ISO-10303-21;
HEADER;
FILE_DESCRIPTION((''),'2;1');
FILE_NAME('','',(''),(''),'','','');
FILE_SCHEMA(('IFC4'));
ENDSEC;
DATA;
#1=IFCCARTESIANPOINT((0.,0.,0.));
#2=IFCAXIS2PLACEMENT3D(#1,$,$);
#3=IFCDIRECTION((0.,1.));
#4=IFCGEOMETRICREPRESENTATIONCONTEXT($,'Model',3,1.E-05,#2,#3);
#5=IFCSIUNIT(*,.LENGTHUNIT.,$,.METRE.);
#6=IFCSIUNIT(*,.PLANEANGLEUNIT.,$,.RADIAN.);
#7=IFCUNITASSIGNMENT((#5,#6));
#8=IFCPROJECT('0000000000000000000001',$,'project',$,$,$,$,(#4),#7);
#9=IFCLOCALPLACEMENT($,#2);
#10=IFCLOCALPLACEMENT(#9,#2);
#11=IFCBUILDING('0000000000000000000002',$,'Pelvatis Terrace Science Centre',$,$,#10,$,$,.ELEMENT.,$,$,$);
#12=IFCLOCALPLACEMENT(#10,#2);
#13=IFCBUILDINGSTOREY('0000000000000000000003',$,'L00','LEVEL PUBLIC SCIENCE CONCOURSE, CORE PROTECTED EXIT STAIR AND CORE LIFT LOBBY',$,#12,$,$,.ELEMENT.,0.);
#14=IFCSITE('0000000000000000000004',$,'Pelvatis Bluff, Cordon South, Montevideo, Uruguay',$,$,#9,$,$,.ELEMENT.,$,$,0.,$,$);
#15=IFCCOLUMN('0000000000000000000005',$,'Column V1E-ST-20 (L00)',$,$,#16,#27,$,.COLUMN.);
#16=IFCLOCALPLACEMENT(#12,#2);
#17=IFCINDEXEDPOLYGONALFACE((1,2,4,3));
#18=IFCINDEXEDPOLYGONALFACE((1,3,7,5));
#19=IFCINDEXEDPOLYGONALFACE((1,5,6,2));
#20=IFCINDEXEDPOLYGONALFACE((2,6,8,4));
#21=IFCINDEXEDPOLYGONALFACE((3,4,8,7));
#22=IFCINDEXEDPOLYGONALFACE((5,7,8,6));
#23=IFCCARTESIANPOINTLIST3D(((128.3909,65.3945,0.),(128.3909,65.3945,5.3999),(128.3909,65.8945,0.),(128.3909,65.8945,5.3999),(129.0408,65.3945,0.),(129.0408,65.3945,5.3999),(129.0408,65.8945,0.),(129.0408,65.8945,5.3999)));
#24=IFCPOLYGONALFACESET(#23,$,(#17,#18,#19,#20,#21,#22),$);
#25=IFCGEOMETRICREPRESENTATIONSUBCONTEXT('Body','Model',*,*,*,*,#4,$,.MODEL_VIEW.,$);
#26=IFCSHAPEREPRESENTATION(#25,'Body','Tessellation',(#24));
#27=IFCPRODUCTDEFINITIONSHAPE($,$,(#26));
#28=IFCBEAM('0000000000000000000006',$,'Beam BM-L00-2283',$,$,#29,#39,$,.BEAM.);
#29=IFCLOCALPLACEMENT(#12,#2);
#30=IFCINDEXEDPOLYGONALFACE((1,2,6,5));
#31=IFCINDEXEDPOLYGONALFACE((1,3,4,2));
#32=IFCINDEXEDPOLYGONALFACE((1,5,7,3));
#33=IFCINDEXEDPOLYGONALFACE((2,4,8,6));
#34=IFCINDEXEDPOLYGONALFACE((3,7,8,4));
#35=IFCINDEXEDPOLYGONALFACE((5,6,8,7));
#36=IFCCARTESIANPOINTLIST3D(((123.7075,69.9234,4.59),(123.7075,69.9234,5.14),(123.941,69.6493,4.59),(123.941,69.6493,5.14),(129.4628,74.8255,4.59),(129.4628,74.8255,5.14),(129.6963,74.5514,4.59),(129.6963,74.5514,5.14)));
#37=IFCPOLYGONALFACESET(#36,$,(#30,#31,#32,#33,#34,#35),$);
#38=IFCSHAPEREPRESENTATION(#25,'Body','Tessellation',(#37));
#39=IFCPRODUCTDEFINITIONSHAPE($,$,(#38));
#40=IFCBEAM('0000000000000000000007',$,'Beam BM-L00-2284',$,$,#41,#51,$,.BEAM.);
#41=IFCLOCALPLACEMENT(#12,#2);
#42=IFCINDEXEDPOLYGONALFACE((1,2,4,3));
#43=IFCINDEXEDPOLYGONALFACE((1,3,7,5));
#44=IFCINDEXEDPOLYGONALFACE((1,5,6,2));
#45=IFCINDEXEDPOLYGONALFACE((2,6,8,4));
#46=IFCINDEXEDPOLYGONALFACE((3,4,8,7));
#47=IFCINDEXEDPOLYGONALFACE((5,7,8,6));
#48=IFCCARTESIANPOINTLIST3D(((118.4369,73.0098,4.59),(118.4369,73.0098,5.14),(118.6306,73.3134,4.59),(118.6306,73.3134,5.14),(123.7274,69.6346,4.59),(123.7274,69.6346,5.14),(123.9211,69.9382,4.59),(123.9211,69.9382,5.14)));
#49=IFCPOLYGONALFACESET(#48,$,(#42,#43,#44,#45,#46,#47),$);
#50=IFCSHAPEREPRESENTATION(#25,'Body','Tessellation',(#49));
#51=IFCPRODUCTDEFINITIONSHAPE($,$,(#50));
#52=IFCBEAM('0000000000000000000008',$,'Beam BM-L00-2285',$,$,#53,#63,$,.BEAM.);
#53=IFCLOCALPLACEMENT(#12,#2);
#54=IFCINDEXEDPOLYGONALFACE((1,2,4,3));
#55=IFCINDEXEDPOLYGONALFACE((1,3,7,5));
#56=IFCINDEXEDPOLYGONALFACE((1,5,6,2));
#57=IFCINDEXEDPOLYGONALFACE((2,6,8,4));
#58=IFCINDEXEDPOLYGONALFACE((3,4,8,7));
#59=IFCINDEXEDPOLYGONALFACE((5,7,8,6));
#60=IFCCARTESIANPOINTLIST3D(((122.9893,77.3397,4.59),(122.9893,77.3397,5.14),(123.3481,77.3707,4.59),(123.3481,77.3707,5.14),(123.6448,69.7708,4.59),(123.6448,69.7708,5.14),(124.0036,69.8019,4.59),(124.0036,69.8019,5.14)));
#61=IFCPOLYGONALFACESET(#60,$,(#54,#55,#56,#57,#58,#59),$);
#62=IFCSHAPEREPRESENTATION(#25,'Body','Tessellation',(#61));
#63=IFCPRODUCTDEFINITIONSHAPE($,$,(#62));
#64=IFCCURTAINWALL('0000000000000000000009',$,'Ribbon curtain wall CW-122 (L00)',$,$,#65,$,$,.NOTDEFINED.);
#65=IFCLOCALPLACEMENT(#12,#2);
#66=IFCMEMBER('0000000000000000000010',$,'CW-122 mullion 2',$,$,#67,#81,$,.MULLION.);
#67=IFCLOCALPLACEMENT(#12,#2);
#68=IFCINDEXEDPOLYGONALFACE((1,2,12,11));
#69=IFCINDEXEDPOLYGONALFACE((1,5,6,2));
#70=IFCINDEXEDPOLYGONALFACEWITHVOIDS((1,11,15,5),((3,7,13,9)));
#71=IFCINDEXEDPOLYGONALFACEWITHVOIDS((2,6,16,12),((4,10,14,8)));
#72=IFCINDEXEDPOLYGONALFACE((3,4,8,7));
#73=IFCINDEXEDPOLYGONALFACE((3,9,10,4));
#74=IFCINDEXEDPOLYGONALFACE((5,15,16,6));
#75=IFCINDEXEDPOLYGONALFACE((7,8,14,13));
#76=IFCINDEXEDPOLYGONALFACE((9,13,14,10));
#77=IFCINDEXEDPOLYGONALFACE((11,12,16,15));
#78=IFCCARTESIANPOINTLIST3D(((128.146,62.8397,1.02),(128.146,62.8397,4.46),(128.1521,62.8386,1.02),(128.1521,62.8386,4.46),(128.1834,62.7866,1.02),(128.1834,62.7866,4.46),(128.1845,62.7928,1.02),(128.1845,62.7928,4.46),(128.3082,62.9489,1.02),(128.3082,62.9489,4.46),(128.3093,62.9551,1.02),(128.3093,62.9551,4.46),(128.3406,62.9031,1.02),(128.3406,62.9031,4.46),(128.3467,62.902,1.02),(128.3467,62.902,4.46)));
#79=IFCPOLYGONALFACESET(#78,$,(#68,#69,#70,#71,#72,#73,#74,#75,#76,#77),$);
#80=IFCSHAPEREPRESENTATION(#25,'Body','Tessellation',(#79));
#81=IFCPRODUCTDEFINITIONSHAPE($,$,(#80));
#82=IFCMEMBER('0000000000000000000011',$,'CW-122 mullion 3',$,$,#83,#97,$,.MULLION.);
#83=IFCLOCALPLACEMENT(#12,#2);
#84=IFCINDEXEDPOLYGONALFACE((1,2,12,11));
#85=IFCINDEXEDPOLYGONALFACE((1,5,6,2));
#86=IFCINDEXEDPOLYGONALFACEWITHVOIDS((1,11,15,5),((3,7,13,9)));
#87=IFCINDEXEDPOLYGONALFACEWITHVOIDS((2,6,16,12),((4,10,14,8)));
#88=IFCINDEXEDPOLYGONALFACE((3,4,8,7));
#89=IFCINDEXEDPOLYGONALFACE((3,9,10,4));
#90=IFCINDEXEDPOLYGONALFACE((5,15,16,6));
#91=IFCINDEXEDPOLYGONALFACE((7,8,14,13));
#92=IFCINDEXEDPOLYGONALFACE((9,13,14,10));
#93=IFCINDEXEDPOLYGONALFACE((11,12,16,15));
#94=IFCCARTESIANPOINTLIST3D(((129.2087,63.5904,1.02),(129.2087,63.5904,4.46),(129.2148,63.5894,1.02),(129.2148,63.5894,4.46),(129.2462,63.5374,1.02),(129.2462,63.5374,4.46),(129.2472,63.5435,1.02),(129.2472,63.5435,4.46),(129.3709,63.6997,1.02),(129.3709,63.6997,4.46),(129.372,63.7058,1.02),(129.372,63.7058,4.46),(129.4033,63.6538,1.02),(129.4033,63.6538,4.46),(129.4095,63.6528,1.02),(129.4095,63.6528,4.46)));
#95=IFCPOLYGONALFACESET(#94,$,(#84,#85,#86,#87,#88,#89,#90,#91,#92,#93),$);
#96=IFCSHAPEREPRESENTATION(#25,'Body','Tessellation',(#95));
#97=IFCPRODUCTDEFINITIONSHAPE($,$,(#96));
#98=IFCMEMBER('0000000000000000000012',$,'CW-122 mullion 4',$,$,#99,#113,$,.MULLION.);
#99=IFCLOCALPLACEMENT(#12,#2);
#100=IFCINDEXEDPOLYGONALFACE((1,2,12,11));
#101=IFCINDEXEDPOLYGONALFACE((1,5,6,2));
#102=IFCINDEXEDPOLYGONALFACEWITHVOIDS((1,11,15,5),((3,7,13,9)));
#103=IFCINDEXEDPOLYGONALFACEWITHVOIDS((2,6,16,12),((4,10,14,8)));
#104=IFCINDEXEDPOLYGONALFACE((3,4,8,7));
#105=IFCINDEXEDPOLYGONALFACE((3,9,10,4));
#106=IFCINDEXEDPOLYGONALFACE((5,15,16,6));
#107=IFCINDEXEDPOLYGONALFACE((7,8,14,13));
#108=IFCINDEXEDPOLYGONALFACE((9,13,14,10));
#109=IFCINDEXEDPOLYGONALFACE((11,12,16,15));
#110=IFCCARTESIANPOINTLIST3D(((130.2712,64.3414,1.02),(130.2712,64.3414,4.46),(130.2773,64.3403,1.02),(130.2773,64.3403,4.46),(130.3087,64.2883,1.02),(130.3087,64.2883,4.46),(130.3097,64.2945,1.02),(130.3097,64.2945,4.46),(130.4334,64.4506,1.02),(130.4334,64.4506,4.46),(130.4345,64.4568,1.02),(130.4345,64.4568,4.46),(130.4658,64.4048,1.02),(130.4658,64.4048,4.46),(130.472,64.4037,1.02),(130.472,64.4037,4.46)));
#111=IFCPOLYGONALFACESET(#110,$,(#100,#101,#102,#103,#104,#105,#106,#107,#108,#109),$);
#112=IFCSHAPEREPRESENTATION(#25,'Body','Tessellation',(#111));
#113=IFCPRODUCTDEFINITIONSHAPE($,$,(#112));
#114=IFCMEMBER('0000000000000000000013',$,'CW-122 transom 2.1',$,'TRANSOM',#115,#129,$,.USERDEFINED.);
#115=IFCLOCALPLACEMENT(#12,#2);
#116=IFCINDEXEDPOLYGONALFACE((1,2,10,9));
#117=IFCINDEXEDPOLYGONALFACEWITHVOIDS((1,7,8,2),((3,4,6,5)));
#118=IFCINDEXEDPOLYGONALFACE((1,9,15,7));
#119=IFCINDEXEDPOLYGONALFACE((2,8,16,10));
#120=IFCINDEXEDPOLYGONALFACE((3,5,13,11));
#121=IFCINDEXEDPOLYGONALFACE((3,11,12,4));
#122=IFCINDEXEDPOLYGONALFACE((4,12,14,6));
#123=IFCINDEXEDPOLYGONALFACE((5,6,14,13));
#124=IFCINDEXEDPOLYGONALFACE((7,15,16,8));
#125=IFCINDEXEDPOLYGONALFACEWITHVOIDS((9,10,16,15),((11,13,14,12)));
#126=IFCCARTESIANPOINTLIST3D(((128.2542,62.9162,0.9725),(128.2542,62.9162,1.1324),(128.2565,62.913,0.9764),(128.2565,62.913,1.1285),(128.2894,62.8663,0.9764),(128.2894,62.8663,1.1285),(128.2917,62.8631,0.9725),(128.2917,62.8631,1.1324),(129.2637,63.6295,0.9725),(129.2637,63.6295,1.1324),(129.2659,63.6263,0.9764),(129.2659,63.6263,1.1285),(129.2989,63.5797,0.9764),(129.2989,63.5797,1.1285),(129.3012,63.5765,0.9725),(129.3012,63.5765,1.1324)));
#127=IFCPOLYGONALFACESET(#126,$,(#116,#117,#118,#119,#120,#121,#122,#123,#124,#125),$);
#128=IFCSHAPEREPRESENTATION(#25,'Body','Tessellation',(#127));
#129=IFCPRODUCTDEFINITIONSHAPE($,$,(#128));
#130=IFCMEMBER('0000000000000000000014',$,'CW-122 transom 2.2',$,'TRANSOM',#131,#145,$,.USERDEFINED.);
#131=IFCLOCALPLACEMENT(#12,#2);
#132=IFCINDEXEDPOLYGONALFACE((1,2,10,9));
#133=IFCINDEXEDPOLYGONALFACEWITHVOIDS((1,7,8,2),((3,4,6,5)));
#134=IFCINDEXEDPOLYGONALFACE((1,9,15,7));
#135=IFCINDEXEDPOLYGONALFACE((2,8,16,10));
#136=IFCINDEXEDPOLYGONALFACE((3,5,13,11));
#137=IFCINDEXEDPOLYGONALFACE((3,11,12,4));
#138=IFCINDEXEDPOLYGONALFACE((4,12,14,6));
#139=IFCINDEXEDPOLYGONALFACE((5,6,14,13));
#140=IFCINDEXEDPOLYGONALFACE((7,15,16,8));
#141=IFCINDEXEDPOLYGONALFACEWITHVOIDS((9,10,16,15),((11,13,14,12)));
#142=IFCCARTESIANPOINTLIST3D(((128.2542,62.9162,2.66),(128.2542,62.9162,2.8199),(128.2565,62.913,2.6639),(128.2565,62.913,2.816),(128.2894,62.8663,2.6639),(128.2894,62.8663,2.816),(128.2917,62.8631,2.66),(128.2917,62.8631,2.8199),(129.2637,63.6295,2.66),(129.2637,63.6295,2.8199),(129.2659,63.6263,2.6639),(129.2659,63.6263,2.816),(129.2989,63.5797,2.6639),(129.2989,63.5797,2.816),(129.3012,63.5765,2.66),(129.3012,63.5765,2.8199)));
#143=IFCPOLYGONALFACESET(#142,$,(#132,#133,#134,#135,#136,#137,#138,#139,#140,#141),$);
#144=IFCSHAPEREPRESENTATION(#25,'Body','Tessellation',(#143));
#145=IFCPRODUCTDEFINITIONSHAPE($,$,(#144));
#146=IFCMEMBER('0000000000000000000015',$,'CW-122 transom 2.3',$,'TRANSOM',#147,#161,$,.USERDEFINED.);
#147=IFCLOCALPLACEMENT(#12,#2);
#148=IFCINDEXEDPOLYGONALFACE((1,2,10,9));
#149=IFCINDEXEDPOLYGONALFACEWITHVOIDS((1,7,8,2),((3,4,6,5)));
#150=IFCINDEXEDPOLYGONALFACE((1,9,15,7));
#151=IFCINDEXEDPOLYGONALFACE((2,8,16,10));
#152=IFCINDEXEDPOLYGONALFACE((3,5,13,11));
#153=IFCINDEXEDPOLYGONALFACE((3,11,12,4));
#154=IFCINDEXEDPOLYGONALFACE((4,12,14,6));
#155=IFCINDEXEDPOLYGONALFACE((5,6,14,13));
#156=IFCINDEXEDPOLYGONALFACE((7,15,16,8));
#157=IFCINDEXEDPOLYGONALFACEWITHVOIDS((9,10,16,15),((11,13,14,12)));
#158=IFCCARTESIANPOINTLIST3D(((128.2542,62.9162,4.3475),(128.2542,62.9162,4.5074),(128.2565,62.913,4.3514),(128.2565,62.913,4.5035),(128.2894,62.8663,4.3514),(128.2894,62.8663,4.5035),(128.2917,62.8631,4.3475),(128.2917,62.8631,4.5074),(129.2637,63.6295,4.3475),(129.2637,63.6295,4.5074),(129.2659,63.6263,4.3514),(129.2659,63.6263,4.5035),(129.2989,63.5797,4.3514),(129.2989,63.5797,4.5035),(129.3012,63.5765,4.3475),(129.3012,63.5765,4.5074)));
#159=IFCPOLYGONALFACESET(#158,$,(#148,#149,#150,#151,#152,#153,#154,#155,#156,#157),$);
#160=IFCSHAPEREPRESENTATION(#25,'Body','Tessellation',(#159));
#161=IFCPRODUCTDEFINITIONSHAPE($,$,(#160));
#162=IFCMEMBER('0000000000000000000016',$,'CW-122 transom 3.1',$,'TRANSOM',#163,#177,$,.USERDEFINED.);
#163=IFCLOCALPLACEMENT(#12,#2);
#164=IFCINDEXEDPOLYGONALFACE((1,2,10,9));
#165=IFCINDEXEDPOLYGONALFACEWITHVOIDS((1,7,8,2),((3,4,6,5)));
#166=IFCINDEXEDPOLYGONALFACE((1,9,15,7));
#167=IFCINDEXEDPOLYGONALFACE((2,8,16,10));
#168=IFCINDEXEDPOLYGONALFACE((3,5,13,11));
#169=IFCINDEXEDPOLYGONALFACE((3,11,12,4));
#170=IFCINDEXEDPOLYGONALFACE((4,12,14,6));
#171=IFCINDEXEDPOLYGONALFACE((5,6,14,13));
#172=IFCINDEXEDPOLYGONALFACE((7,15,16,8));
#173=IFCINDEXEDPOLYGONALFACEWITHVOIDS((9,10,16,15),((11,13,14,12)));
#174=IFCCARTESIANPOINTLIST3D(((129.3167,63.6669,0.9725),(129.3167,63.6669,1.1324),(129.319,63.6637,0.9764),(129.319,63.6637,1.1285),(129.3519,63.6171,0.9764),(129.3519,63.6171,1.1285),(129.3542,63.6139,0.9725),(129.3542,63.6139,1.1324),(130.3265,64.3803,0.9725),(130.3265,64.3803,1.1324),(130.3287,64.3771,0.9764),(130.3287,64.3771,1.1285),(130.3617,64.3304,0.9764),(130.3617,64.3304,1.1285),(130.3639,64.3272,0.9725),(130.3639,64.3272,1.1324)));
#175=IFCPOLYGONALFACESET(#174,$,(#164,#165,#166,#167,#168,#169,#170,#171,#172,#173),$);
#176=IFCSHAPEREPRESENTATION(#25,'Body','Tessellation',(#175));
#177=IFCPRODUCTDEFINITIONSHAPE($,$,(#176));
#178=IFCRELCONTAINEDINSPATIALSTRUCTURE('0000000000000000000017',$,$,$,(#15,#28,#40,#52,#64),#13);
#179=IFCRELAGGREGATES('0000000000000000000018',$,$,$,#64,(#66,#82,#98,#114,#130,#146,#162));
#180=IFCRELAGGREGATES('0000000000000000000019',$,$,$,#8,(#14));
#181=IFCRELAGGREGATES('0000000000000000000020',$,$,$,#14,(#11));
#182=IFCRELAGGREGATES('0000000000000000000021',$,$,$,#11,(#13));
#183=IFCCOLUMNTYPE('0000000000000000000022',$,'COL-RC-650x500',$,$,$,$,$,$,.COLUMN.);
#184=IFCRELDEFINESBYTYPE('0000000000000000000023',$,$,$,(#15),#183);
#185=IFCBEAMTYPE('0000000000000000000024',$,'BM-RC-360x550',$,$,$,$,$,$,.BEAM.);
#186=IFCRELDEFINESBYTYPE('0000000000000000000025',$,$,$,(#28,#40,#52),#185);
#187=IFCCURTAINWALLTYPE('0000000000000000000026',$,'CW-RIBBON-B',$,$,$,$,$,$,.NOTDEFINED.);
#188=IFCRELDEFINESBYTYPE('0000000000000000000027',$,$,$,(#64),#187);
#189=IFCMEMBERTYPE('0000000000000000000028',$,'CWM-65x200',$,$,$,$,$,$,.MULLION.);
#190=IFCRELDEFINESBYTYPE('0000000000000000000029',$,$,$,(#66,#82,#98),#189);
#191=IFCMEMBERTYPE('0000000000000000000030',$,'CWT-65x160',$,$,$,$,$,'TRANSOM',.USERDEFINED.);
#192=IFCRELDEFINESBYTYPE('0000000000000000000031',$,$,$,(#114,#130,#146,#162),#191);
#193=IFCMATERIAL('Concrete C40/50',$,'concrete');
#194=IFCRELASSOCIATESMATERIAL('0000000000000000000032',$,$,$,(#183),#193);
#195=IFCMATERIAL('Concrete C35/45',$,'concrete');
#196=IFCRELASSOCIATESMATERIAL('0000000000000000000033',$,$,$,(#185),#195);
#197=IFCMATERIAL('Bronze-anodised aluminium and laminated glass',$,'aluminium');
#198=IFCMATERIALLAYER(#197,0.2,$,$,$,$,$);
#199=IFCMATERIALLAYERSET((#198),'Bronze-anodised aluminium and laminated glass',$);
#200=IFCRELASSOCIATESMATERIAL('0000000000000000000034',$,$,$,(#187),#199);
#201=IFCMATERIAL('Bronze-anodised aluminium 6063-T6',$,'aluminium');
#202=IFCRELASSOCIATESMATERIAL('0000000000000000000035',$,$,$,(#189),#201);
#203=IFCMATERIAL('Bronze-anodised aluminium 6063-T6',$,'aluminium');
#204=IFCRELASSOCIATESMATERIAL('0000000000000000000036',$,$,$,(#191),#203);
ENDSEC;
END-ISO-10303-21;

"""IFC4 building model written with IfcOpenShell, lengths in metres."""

from ifc_helpers import new_model, si_unit, direction, frame, origin, origin_2d, place, context, subcontext, project, spatial, rectangle, hollow_rectangle, extrude, material, layer, layer_set, material_profile, profile_set, type_object, element, aggregate, save


model = new_model("IFC4")

# Units and contexts
model_context = context("Model", 3, precision=1e-05, world=origin(), true_north=direction((0.0, 1.0)))
body_context = subcontext(model_context, "Body", "Model", "MODEL_VIEW")
ifc_project = project(units=[si_unit("LENGTHUNIT", "METRE"), si_unit("PLANEANGLEUNIT", "RADIAN")], contexts=[model_context])

# Site, building, storey
site_placement = place(None, origin())
site = spatial("IfcSite", under=ifc_project, at=site_placement, Name="Pelvatis Bluff, Cordon South, Montevideo, Uruguay", CompositionType="ELEMENT", RefElevation=0.0)
building_placement = place(site_placement, origin())
building = spatial("IfcBuilding", under=site, at=building_placement, Name="Pelvatis Terrace Science Centre", CompositionType="ELEMENT")
storey_placement = place(building_placement, origin())
storey = spatial("IfcBuildingStorey", under=building, at=storey_placement, Name="L00", Description="LEVEL PUBLIC SCIENCE CONCOURSE, CORE PROTECTED EXIT STAIR AND CORE LIFT LOBBY", CompositionType="ELEMENT", Elevation=0.0)

# Column
ifc_material_1 = material(Name="Concrete C40/50", Category="concrete")
ifc_material_profile_1 = material_profile(ifc_material_1, rectangle(XDim=0.6499, YDim=0.5, at=origin_2d()), Name="RC-COL 650x500")
ifc_profile_set_1 = profile_set([ifc_material_profile_1], Name="Concrete C40/50")
column_type = type_object("IfcColumnType", Name="COL-RC-650x500", PredefinedType="COLUMN", material=ifc_profile_set_1)
column_placement = place(storey_placement, frame((128.7158, 65.6445, 0.0), z_axis=(0.0, 0.0, 1.0), x_axis=(1.0, 0.0, 0.0)))
element("IfcColumn", 1, at=column_placement, inside=storey, type_object=column_type, Name="Column V1E-ST-20 (L00)", PredefinedType="COLUMN", context=body_context, shape_type="SweptSolid", body=[
    extrude(rectangle(XDim=0.6499, YDim=0.5, at=origin_2d()), origin(), (0.0, 0.0, 1.0), 5.3999),
])

# Beams
ifc_material_2 = material(Name="Concrete C35/45", Category="concrete")
ifc_material_profile_2 = material_profile(ifc_material_2, rectangle(XDim=0.3601, YDim=0.55, at=origin_2d()), Name="RC-BM 360x550")
ifc_profile_set_2 = profile_set([ifc_material_profile_2], Name="Concrete C35/45")
beam_type_1 = type_object("IfcBeamType", Name="BM-RC-360x550", PredefinedType="BEAM", material=ifc_profile_set_2)
beam_1_placement = place(storey_placement, frame((123.8242, 69.7864, 4.865), z_axis=(0.761284, 0.648419, 0.0), x_axis=(-0.648419, 0.761284, 0.0)))
element("IfcBeam", 2, at=beam_1_placement, inside=storey, type_object=beam_type_1, Name="Beam BM-L00-2283", PredefinedType="BEAM", context=body_context, shape_type="SweptSolid", body=[
    extrude(rectangle(XDim=0.3601, YDim=0.55, at=origin_2d()), origin(), (0.0, 0.0, 1.0), 7.5601),
])
beam_2_placement = place(storey_placement, frame((123.8242, 69.7864, 4.865), z_axis=(-0.843044, 0.537844, 0.0), x_axis=(-0.537844, -0.843044, 0.0)))
element("IfcBeam", 3, at=beam_2_placement, inside=storey, type_object=beam_type_1, Name="Beam BM-L00-2284", PredefinedType="BEAM", context=body_context, shape_type="SweptSolid", body=[
    extrude(rectangle(XDim=0.3601, YDim=0.55, at=origin_2d()), origin(), (0.0, 0.0, 1.0), 6.2754),
])
beam_3_placement = place(storey_placement, frame((123.8242, 69.7864, 4.865), z_axis=(-0.086284, 0.996271, 0.0), x_axis=(-0.996271, -0.086284, 0.0)))
element("IfcBeam", 4, at=beam_3_placement, inside=storey, type_object=beam_type_1, Name="Beam BM-L00-2285", PredefinedType="BEAM", context=body_context, shape_type="SweptSolid", body=[
    extrude(rectangle(XDim=0.3601, YDim=0.55, at=origin_2d()), origin(), (0.0, 0.0, 1.0), 7.5972),
])

# Curtain wall, members
ifc_material_3 = material(Name="Bronze-anodised aluminium and laminated glass", Category="aluminium")
ifc_layer_1 = layer(ifc_material_3, 0.2)
ifc_layer_set_1 = layer_set([ifc_layer_1], Name="Bronze-anodised aluminium and laminated glass")
curtain_wall_type = type_object("IfcCurtainWallType", Name="CW-RIBBON-B", PredefinedType="NOTDEFINED", material=ifc_layer_set_1)
curtain_wall_placement = place(storey_placement, origin())
curtain_wall = element("IfcCurtainWall", 5, at=curtain_wall_placement, inside=storey, type_object=curtain_wall_type, Name="Ribbon curtain wall CW-122 (L00)", PredefinedType="NOTDEFINED")
ifc_material_4 = material(Name="Bronze-anodised aluminium 6063-T6", Category="aluminium")
ifc_material_profile_3 = material_profile(ifc_material_4, hollow_rectangle(XDim=0.0649, YDim=0.2, WallThickness=0.0044, at=origin_2d()), Name="ALU-MUL 65x200")
ifc_profile_set_3 = profile_set([ifc_material_profile_3], Name="Bronze-anodised aluminium 6063-T6")
member_type_1 = type_object("IfcMemberType", Name="CWM-65x200", PredefinedType="MULLION", material=ifc_profile_set_3)
member_1_placement = place(storey_placement, frame((128.2463, 62.8708, 1.02), z_axis=(0.0, 0.0, 1.0), x_axis=(-0.577065, 0.816698, 0.0)))
member_1 = element("IfcMember", 6, at=member_1_placement, type_object=member_type_1, Name="CW-122 mullion 2", PredefinedType="MULLION", context=body_context, shape_type="SweptSolid", body=[
    extrude(hollow_rectangle(XDim=0.0649, YDim=0.2, WallThickness=0.0044, at=origin_2d()), origin(), (0.0, 0.0, 1.0), 3.4399),
])
member_2_placement = place(storey_placement, frame((129.3091, 63.6216, 1.02), z_axis=(0.0, 0.0, 1.0), x_axis=(-0.577065, 0.816698, 0.0)))
member_2 = element("IfcMember", 7, at=member_2_placement, type_object=member_type_1, Name="CW-122 mullion 3", PredefinedType="MULLION", context=body_context, shape_type="SweptSolid", body=[
    extrude(hollow_rectangle(XDim=0.0649, YDim=0.2, WallThickness=0.0044, at=origin_2d()), origin(), (0.0, 0.0, 1.0), 3.4399),
])
member_3_placement = place(storey_placement, frame((130.3716, 64.3726, 1.02), z_axis=(0.0, 0.0, 1.0), x_axis=(-0.577065, 0.816698, 0.0)))
member_3 = element("IfcMember", 8, at=member_3_placement, type_object=member_type_1, Name="CW-122 mullion 4", PredefinedType="MULLION", context=body_context, shape_type="SweptSolid", body=[
    extrude(hollow_rectangle(XDim=0.0649, YDim=0.2, WallThickness=0.0044, at=origin_2d()), origin(), (0.0, 0.0, 1.0), 3.4399),
])
ifc_material_5 = material(Name="Bronze-anodised aluminium 6063-T6", Category="aluminium")
ifc_material_profile_4 = material_profile(ifc_material_5, hollow_rectangle(XDim=0.0649, YDim=0.1599, WallThickness=0.0039, at=origin_2d()), Name="ALU-TRN 65x160")
ifc_profile_set_4 = profile_set([ifc_material_profile_4], Name="Bronze-anodised aluminium 6063-T6")
member_type_2 = type_object("IfcMemberType", Name="CWT-65x160", ElementType="TRANSOM", PredefinedType="USERDEFINED", material=ifc_profile_set_4)
member_4_placement = place(storey_placement, frame((128.2729, 62.8896, 1.0525), z_axis=(0.816672, 0.577102, 0.0), x_axis=(-0.577102, 0.816672, 0.0)))
member_4 = element("IfcMember", 9, at=member_4_placement, type_object=member_type_2, Name="CW-122 transom 2.1", ObjectType="TRANSOM", PredefinedType="USERDEFINED", context=body_context, shape_type="SweptSolid", body=[
    extrude(hollow_rectangle(XDim=0.0649, YDim=0.1599, WallThickness=0.0039, at=origin_2d()), origin(), (0.0, 0.0, 1.0), 1.2361),
])
member_5_placement = place(storey_placement, frame((128.2729, 62.8896, 2.74), z_axis=(0.816672, 0.577102, 0.0), x_axis=(-0.577102, 0.816672, 0.0)))
member_5 = element("IfcMember", 10, at=member_5_placement, type_object=member_type_2, Name="CW-122 transom 2.2", ObjectType="TRANSOM", PredefinedType="USERDEFINED", context=body_context, shape_type="SweptSolid", body=[
    extrude(hollow_rectangle(XDim=0.0649, YDim=0.1599, WallThickness=0.0039, at=origin_2d()), origin(), (0.0, 0.0, 1.0), 1.2361),
])
member_6_placement = place(storey_placement, frame((128.2729, 62.8896, 4.4275), z_axis=(0.816672, 0.577102, 0.0), x_axis=(-0.577102, 0.816672, 0.0)))
member_6 = element("IfcMember", 11, at=member_6_placement, type_object=member_type_2, Name="CW-122 transom 2.3", ObjectType="TRANSOM", PredefinedType="USERDEFINED", context=body_context, shape_type="SweptSolid", body=[
    extrude(hollow_rectangle(XDim=0.0649, YDim=0.1599, WallThickness=0.0039, at=origin_2d()), origin(), (0.0, 0.0, 1.0), 1.2361),
])
member_7_placement = place(storey_placement, frame((129.3354, 63.6404, 1.0525), z_axis=(0.816738, 0.577009, 0.0), x_axis=(-0.577009, 0.816738, 0.0)))
member_7 = element("IfcMember", 12, at=member_7_placement, type_object=member_type_2, Name="CW-122 transom 3.1", ObjectType="TRANSOM", PredefinedType="USERDEFINED", context=body_context, shape_type="SweptSolid", body=[
    extrude(hollow_rectangle(XDim=0.0649, YDim=0.1599, WallThickness=0.0039, at=origin_2d()), origin(), (0.0, 0.0, 1.0), 1.2363),
])

aggregate(curtain_wall, [member_1, member_2, member_3, member_4, member_5, member_6, member_7])

save(model, "model.ifc")
